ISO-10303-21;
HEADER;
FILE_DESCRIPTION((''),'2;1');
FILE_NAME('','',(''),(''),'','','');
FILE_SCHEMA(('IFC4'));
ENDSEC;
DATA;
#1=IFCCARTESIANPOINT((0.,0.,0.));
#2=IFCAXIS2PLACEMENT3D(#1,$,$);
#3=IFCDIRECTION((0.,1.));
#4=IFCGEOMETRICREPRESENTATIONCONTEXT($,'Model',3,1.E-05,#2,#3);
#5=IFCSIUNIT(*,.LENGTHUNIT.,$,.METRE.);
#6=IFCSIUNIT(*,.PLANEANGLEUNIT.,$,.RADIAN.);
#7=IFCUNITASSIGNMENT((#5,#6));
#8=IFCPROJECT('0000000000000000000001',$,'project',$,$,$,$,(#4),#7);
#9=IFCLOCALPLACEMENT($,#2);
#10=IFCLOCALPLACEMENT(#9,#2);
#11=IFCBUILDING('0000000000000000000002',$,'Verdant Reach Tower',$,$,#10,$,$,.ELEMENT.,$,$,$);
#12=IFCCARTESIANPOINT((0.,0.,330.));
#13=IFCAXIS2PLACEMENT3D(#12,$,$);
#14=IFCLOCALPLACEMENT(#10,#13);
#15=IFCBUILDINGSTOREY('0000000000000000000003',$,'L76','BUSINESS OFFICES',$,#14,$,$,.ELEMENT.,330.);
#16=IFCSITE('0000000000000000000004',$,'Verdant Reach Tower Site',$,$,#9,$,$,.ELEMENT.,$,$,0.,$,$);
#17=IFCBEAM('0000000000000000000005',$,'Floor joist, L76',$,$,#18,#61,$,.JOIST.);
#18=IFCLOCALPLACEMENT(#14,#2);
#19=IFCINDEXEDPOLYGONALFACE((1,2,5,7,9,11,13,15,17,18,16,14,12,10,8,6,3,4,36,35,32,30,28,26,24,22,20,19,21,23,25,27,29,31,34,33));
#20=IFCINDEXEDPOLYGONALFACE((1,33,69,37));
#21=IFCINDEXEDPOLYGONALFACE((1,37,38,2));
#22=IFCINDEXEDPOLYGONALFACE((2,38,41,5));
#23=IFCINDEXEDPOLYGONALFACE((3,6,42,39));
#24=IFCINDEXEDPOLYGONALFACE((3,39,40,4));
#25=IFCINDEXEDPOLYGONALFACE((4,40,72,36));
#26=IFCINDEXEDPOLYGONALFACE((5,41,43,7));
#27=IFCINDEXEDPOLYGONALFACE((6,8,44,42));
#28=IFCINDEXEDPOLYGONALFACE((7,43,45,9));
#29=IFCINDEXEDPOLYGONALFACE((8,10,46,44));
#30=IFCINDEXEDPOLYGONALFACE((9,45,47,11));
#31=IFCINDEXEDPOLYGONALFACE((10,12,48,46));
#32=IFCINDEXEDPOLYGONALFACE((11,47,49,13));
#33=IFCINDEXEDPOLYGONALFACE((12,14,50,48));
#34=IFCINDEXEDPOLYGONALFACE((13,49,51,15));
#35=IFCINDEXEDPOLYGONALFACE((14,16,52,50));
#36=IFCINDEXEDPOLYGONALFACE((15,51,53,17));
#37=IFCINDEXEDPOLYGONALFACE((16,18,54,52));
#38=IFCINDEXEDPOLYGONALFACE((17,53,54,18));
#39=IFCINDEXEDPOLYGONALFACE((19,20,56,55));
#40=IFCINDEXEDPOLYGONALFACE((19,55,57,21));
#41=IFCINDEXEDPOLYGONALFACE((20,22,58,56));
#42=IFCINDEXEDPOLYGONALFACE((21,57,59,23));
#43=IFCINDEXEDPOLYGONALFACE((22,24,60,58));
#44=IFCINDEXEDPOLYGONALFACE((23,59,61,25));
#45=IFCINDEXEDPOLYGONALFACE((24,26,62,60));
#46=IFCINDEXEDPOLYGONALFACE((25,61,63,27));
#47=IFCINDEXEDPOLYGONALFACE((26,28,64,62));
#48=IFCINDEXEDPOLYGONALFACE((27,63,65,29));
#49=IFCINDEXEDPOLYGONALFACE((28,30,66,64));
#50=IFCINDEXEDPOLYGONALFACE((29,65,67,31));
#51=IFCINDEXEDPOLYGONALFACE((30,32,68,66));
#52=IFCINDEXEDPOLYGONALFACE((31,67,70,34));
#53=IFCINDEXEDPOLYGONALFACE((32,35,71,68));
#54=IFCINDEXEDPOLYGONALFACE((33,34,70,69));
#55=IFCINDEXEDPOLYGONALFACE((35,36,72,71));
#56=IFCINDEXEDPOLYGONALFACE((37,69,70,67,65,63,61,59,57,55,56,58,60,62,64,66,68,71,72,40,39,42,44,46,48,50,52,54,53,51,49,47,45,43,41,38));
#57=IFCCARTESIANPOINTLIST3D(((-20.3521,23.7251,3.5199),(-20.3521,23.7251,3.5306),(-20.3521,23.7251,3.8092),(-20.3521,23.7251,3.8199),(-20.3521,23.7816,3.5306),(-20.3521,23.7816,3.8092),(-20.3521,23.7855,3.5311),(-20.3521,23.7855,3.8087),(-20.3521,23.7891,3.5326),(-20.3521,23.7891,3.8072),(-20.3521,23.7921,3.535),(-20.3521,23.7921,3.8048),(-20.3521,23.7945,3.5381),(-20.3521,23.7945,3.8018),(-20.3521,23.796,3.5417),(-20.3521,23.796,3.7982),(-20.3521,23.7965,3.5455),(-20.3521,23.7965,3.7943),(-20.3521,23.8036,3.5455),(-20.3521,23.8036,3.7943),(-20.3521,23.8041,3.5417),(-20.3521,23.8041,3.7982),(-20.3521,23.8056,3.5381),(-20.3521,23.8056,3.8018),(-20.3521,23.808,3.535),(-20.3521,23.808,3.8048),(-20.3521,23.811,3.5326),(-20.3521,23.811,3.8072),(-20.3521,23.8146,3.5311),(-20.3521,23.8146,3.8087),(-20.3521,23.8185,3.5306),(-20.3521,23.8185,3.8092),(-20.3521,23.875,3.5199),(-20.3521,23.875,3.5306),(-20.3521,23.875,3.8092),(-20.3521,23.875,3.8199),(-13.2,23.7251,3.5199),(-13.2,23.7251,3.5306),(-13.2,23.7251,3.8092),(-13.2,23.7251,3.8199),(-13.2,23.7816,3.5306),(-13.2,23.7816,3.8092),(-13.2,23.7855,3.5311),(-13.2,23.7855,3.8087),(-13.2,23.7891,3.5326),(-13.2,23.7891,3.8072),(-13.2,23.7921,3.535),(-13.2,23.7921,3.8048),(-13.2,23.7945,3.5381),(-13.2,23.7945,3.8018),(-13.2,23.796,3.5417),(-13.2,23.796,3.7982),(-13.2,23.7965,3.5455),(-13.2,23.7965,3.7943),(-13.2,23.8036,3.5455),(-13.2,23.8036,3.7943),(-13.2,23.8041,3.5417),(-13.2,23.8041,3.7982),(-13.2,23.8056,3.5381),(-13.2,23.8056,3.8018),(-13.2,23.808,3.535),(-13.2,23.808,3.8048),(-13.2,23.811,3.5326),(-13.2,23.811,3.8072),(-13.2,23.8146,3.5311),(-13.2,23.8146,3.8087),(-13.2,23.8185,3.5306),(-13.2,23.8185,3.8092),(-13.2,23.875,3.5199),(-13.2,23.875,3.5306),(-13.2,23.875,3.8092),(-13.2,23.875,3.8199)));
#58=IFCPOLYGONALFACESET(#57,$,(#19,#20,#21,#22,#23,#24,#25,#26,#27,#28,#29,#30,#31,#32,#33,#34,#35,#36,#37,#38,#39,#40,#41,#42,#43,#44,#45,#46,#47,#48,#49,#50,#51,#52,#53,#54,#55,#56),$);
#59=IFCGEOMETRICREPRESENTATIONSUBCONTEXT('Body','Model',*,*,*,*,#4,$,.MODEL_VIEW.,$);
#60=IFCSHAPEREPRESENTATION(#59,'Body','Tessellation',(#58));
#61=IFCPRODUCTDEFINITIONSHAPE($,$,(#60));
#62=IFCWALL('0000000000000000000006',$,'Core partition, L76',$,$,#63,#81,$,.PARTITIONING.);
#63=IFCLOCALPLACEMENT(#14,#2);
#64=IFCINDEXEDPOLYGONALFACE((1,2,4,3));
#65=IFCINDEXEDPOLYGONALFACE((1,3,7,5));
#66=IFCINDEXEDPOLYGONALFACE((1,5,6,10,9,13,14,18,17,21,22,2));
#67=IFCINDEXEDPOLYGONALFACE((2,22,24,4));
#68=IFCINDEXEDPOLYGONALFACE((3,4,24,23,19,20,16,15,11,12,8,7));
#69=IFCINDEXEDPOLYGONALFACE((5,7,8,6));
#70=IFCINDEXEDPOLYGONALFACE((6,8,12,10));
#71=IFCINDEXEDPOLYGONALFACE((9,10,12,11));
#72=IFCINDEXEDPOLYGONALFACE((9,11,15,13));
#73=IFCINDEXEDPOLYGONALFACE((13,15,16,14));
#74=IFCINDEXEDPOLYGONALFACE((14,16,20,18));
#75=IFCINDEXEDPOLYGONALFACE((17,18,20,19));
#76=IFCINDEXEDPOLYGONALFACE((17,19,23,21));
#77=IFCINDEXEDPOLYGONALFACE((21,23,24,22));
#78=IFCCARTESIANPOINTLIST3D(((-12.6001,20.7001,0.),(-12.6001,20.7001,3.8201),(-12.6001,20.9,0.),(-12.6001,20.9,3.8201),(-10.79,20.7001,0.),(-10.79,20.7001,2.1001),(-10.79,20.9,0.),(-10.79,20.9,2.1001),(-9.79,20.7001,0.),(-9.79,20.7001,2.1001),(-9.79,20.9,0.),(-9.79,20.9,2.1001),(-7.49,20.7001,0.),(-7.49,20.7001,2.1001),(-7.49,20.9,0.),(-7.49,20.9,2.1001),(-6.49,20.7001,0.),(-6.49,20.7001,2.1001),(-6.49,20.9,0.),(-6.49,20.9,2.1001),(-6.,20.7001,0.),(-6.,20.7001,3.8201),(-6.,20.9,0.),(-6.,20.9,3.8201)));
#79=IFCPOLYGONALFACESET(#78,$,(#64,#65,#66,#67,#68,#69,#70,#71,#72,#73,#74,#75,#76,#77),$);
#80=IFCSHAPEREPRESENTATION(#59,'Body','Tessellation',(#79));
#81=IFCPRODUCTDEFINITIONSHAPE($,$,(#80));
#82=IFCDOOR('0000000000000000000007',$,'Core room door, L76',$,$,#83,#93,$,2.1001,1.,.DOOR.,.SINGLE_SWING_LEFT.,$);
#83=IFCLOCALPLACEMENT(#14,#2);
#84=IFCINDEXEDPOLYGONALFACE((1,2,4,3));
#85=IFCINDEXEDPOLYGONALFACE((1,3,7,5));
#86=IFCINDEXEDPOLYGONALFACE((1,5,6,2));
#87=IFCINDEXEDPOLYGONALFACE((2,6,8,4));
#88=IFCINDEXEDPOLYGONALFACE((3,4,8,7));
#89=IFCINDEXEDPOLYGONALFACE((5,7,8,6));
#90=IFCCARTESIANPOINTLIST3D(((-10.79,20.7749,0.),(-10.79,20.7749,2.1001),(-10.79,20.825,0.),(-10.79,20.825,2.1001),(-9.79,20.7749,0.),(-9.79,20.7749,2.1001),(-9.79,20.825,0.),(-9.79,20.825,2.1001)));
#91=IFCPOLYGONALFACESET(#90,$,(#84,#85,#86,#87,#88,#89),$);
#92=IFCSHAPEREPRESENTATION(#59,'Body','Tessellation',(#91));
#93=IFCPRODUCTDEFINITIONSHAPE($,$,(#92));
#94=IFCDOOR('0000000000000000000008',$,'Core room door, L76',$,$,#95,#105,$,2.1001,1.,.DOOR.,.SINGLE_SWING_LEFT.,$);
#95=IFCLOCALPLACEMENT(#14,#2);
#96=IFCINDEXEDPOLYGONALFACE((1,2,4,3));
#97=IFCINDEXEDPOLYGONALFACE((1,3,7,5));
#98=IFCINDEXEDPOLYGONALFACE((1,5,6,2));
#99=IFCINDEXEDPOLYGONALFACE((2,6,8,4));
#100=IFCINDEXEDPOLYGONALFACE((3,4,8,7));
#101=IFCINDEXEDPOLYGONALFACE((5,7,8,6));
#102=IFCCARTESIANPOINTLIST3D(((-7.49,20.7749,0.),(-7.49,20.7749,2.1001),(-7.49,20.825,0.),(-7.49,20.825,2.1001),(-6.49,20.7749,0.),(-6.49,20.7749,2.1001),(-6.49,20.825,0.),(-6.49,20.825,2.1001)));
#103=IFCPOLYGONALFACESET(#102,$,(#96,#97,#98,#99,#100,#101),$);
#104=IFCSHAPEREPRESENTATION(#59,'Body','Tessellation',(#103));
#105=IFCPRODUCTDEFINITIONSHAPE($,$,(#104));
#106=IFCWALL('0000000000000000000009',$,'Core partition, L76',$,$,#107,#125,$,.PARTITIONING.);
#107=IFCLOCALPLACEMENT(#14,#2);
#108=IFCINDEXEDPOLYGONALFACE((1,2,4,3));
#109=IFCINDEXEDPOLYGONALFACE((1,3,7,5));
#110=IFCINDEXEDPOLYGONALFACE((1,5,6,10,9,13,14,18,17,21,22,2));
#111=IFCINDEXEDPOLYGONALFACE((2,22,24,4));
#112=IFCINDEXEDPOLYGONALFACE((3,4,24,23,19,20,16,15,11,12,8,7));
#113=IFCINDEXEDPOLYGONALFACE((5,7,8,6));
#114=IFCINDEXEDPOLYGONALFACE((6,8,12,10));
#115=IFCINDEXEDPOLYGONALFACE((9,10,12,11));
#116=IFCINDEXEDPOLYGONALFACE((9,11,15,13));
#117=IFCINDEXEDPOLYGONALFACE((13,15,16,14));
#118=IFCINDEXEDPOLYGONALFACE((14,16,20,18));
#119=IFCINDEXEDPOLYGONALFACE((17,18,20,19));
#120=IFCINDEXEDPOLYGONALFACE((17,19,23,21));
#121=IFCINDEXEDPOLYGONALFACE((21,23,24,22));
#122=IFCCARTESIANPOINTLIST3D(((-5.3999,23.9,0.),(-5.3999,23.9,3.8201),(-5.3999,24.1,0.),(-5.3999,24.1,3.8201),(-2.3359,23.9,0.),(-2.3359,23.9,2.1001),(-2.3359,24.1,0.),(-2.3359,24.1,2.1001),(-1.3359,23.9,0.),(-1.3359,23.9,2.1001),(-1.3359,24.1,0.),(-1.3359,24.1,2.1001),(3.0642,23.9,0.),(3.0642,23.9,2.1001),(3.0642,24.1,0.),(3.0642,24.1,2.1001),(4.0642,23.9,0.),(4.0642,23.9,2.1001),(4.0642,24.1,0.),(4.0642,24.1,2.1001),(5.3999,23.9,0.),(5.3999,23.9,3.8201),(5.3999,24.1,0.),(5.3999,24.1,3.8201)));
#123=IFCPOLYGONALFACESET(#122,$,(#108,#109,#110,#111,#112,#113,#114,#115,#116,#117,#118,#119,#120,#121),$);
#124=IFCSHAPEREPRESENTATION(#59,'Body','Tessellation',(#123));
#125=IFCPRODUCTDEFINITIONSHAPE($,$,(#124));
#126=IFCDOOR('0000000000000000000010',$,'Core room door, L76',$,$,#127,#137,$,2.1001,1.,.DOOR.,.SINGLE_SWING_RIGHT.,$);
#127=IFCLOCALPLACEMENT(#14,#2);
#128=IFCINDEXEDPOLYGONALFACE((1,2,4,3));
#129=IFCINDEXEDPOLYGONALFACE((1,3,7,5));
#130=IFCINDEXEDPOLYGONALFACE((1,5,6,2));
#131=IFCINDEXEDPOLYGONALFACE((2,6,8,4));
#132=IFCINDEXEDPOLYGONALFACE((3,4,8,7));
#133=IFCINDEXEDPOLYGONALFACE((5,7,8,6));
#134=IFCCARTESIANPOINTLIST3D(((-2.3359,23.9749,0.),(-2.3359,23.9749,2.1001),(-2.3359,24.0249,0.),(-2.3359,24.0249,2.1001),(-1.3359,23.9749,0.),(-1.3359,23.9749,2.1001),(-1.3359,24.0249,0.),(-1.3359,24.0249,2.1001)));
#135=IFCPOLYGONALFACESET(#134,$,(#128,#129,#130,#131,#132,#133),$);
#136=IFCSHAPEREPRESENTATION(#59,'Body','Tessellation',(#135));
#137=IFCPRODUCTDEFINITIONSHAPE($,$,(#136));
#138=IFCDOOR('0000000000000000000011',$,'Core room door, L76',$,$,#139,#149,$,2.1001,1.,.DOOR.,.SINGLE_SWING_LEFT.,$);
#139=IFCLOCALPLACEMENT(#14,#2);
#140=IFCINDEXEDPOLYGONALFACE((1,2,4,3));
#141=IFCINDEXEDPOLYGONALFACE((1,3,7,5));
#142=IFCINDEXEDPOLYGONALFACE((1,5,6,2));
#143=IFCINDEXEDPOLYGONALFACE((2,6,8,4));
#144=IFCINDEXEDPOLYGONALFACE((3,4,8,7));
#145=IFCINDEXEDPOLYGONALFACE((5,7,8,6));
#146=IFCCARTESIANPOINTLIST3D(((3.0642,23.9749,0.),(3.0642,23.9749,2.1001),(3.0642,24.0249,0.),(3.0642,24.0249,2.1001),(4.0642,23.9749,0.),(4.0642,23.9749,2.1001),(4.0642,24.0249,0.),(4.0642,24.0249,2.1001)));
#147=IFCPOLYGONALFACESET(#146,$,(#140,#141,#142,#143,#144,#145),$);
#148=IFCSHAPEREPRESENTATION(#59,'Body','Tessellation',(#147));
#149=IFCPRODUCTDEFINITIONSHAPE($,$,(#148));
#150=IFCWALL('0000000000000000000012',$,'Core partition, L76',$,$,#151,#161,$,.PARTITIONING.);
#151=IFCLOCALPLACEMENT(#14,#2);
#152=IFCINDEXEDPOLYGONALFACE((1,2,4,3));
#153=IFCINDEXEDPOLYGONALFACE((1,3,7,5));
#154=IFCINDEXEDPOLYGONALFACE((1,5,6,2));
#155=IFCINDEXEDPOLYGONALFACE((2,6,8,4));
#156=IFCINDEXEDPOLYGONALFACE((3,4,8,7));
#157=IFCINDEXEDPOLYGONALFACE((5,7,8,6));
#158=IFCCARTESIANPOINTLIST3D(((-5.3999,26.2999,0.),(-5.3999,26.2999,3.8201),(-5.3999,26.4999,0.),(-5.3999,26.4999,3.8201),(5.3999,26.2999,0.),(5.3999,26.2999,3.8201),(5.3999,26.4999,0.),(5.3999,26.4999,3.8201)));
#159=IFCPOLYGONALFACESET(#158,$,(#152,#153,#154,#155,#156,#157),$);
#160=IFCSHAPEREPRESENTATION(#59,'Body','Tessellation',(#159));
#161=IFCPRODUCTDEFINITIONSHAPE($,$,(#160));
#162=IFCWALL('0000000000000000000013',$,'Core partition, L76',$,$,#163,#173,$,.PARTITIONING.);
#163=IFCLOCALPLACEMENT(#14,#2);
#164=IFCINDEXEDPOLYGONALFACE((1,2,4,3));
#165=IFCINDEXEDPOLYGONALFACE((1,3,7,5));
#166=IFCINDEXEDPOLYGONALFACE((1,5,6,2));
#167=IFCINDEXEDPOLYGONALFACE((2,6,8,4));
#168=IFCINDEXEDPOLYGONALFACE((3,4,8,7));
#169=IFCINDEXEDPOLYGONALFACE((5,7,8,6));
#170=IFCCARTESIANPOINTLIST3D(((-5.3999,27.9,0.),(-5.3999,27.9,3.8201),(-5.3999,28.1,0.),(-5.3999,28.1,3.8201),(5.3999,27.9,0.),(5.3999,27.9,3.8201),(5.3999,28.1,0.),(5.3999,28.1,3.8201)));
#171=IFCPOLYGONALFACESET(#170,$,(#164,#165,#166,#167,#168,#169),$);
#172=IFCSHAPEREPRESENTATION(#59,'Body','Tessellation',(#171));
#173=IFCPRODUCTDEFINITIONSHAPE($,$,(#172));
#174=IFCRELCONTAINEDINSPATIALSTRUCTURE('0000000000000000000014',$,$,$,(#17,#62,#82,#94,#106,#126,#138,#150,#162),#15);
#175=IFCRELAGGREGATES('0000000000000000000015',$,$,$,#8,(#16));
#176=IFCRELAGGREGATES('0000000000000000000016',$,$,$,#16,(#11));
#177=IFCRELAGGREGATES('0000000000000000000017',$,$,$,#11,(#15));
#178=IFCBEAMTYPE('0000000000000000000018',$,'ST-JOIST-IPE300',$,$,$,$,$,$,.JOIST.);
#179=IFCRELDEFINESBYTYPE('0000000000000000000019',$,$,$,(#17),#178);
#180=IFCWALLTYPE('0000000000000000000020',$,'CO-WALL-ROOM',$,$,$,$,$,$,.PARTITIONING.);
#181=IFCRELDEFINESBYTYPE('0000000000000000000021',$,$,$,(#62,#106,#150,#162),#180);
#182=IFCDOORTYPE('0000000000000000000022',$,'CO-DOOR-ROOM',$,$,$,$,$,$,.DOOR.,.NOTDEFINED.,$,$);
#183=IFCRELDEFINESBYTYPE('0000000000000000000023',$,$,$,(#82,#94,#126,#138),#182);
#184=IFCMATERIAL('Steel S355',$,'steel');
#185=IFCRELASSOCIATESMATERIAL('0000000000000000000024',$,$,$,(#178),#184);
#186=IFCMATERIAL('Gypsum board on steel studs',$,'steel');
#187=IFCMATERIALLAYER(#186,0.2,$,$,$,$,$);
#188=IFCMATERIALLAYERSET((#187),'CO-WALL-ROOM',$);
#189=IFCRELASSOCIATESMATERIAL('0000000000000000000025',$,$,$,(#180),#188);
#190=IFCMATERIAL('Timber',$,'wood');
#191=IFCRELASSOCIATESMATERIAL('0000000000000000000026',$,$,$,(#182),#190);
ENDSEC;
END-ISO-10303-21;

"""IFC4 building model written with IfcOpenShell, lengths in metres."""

from ifc_helpers import new_model, si_unit, direction, frame, frame_2d, origin, origin_2d, place, context, subcontext, project, spatial, rectangle, i_section, extrude, material, layer, layer_set, material_profile, profile_set, type_object, element, fill, save


model = new_model("IFC4")

# Units and contexts
model_context = context("Model", 3, precision=1e-05, world=origin(), true_north=direction((0.0, 1.0)))
body_context = subcontext(model_context, "Body", "Model", "MODEL_VIEW")
ifc_project = project(units=[si_unit("LENGTHUNIT", "METRE"), si_unit("PLANEANGLEUNIT", "RADIAN")], contexts=[model_context])

# Site, building, storey
site_placement = place(None, origin())
site = spatial("IfcSite", under=ifc_project, at=site_placement, Name="Verdant Reach Tower Site", CompositionType="ELEMENT", RefElevation=0.0)
building_placement = place(site_placement, origin())
building = spatial("IfcBuilding", under=site, at=building_placement, Name="Verdant Reach Tower", CompositionType="ELEMENT")
storey_placement = place(building_placement, frame((0.0, 0.0, 330.0)))
storey = spatial("IfcBuildingStorey", under=building, at=storey_placement, Name="L76", Description="BUSINESS OFFICES", CompositionType="ELEMENT", Elevation=330.0)

# Beam
ifc_material_1 = material(Name="Steel S355", Category="steel")
ifc_material_profile = material_profile(ifc_material_1, i_section(OverallWidth=0.1499, OverallDepth=0.3, WebThickness=0.0071, FlangeThickness=0.0107, FilletRadius=0.0149, at=origin_2d()), Name="IPE 300")
ifc_profile_set = profile_set([ifc_material_profile], Name="Steel S355")
beam_type = type_object("IfcBeamType", Name="ST-JOIST-IPE300", PredefinedType="JOIST", material=ifc_profile_set)
beam_placement = place(storey_placement, frame((-13.2, 23.8, 3.6699), z_axis=(-1.0, 0.0, 0.0), x_axis=(0.0, -1.0, 0.0)))
element("IfcBeam", 1, at=beam_placement, inside=storey, type_object=beam_type, Name="Floor joist, L76", PredefinedType="JOIST", context=body_context, shape_type="SweptSolid", body=[
    extrude(i_section(OverallWidth=0.1499, OverallDepth=0.3, WebThickness=0.0071, FlangeThickness=0.0107, FilletRadius=0.0149, at=origin_2d()), origin(), (0.0, 0.0, 1.0), 7.1521),
])

# Walls, openings, doors
ifc_material_2 = material(Name="Gypsum board on steel studs", Category="steel")
ifc_layer_1 = layer(ifc_material_2, 0.2)
ifc_layer_set_1 = layer_set([ifc_layer_1], Name="CO-WALL-ROOM")
wall_type_1 = type_object("IfcWallType", Name="CO-WALL-ROOM", PredefinedType="PARTITIONING", material=ifc_layer_set_1)
wall_1_placement = place(storey_placement, frame((-12.6001, 20.8, 0.0), z_axis=(0.0, 0.0, 1.0), x_axis=(1.0, 0.0, 0.0)))
wall_1 = element("IfcWall", 2, at=wall_1_placement, inside=storey, type_object=wall_type_1, Name="Core partition, L76", PredefinedType="PARTITIONING", context=body_context, shape_type="SweptSolid", body=[
    extrude(rectangle(XDim=6.6001, YDim=0.2, at=frame_2d((3.3, 0.0))), origin(), (0.0, 0.0, 1.0), 3.8201),
])
opening_1_placement = place(wall_1_placement, frame((1.8101, 0.0, 0.0)))
opening_1 = element("IfcOpeningElement", 3, at=opening_1_placement, cuts=wall_1, PredefinedType="OPENING", context=body_context, shape_type="SweptSolid", body=[
    extrude(rectangle(XDim=1.0, YDim=2.1001, at=frame_2d((0.5, 1.05))), frame((0.0, 0.1099, 0.0), z_axis=(0.0, -1.0, 0.0), x_axis=(1.0, 0.0, 0.0)), (0.0, 0.0, 1.0), 0.22),
])
opening_2_placement = place(wall_1_placement, frame((5.1101, 0.0, 0.0)))
opening_2 = element("IfcOpeningElement", 4, at=opening_2_placement, cuts=wall_1, PredefinedType="OPENING", context=body_context, shape_type="SweptSolid", body=[
    extrude(rectangle(XDim=1.0, YDim=2.1001, at=frame_2d((0.5, 1.05))), frame((0.0, 0.1099, 0.0), z_axis=(0.0, -1.0, 0.0), x_axis=(1.0, 0.0, 0.0)), (0.0, 0.0, 1.0), 0.22),
])
ifc_material_3 = material(Name="Timber", Category="wood")
door_type_1 = type_object("IfcDoorType", Name="CO-DOOR-ROOM", OperationType="NOTDEFINED", PredefinedType="DOOR", material=ifc_material_3)
door_1_placement = place(opening_1_placement, origin())
door_1 = element("IfcDoor", 5, at=door_1_placement, inside=storey, type_object=door_type_1, Name="Core room door, L76", OperationType="SINGLE_SWING_LEFT", OverallHeight=2.1001, OverallWidth=1.0, PredefinedType="DOOR", context=body_context, shape_type="SweptSolid", body=[
    extrude(rectangle(XDim=1.0, YDim=2.1001, at=frame_2d((0.5, 1.05))), frame((0.0, 0.0249, 0.0), z_axis=(0.0, -1.0, 0.0), x_axis=(1.0, 0.0, 0.0)), (0.0, 0.0, 1.0), 0.05),
])
fill(opening_1, door_1)
door_2_placement = place(opening_2_placement, origin())
door_2 = element("IfcDoor", 6, at=door_2_placement, inside=storey, type_object=door_type_1, Name="Core room door, L76", OperationType="SINGLE_SWING_LEFT", OverallHeight=2.1001, OverallWidth=1.0, PredefinedType="DOOR", context=body_context, shape_type="SweptSolid", body=[
    extrude(rectangle(XDim=1.0, YDim=2.1001, at=frame_2d((0.5, 1.05))), frame((0.0, 0.0249, 0.0), z_axis=(0.0, -1.0, 0.0), x_axis=(1.0, 0.0, 0.0)), (0.0, 0.0, 1.0), 0.05),
])
fill(opening_2, door_2)
wall_2_placement = place(storey_placement, frame((-5.3999, 24.0, 0.0), z_axis=(0.0, 0.0, 1.0), x_axis=(1.0, 0.0, 0.0)))
wall_2 = element("IfcWall", 7, at=wall_2_placement, inside=storey, type_object=wall_type_1, Name="Core partition, L76", PredefinedType="PARTITIONING", context=body_context, shape_type="SweptSolid", body=[
    extrude(rectangle(XDim=10.7998, YDim=0.2, at=frame_2d((5.3999, 0.0))), origin(), (0.0, 0.0, 1.0), 3.8201),
])
opening_3_placement = place(wall_2_placement, frame((3.064, 0.0, 0.0)))
opening_3 = element("IfcOpeningElement", 8, at=opening_3_placement, cuts=wall_2, PredefinedType="OPENING", context=body_context, shape_type="SweptSolid", body=[
    extrude(rectangle(XDim=1.0, YDim=2.1001, at=frame_2d((0.5, 1.05))), frame((0.0, 0.1099, 0.0), z_axis=(0.0, -1.0, 0.0), x_axis=(1.0, 0.0, 0.0)), (0.0, 0.0, 1.0), 0.22),
])
opening_4_placement = place(wall_2_placement, frame((8.4641, 0.0, 0.0)))
opening_4 = element("IfcOpeningElement", 9, at=opening_4_placement, cuts=wall_2, PredefinedType="OPENING", context=body_context, shape_type="SweptSolid", body=[
    extrude(rectangle(XDim=1.0, YDim=2.1001, at=frame_2d((0.5, 1.05))), frame((0.0, 0.1099, 0.0), z_axis=(0.0, -1.0, 0.0), x_axis=(1.0, 0.0, 0.0)), (0.0, 0.0, 1.0), 0.22),
])
door_3_placement = place(opening_3_placement, origin())
door_3 = element("IfcDoor", 10, at=door_3_placement, inside=storey, type_object=door_type_1, Name="Core room door, L76", OperationType="SINGLE_SWING_RIGHT", OverallHeight=2.1001, OverallWidth=1.0, PredefinedType="DOOR", context=body_context, shape_type="SweptSolid", body=[
    extrude(rectangle(XDim=1.0, YDim=2.1001, at=frame_2d((0.5, 1.05))), frame((0.0, 0.0249, 0.0), z_axis=(0.0, -1.0, 0.0), x_axis=(1.0, 0.0, 0.0)), (0.0, 0.0, 1.0), 0.05),
])
fill(opening_3, door_3)
door_4_placement = place(opening_4_placement, origin())
door_4 = element("IfcDoor", 11, at=door_4_placement, inside=storey, type_object=door_type_1, Name="Core room door, L76", OperationType="SINGLE_SWING_LEFT", OverallHeight=2.1001, OverallWidth=1.0, PredefinedType="DOOR", context=body_context, shape_type="SweptSolid", body=[
    extrude(rectangle(XDim=1.0, YDim=2.1001, at=frame_2d((0.5, 1.05))), frame((0.0, 0.0249, 0.0), z_axis=(0.0, -1.0, 0.0), x_axis=(1.0, 0.0, 0.0)), (0.0, 0.0, 1.0), 0.05),
])
fill(opening_4, door_4)

# Walls
for number, where, z_axis, x_axis, name in (
    (12, (-5.3999, 26.3999, 0.0), (0.0, 0.0, 1.0), (1.0, 0.0, 0.0), "Core partition, L76"),
    (13, (-5.3999, 28.0, 0.0), (0.0, 0.0, 1.0), (1.0, 0.0, 0.0), "Core partition, L76"),
):
    element("IfcWall", number, at=place(storey_placement, frame(where, z_axis=z_axis, x_axis=x_axis)), inside=storey, type_object=wall_type_1, Name=name, PredefinedType="PARTITIONING", context=body_context, shape_type="SweptSolid", body=[
        extrude(rectangle(XDim=10.7998, YDim=0.2, at=frame_2d((5.3999, 0.0))), origin(), (0.0, 0.0, 1.0), 3.8201),
    ])

save(model, "model.ifc")
